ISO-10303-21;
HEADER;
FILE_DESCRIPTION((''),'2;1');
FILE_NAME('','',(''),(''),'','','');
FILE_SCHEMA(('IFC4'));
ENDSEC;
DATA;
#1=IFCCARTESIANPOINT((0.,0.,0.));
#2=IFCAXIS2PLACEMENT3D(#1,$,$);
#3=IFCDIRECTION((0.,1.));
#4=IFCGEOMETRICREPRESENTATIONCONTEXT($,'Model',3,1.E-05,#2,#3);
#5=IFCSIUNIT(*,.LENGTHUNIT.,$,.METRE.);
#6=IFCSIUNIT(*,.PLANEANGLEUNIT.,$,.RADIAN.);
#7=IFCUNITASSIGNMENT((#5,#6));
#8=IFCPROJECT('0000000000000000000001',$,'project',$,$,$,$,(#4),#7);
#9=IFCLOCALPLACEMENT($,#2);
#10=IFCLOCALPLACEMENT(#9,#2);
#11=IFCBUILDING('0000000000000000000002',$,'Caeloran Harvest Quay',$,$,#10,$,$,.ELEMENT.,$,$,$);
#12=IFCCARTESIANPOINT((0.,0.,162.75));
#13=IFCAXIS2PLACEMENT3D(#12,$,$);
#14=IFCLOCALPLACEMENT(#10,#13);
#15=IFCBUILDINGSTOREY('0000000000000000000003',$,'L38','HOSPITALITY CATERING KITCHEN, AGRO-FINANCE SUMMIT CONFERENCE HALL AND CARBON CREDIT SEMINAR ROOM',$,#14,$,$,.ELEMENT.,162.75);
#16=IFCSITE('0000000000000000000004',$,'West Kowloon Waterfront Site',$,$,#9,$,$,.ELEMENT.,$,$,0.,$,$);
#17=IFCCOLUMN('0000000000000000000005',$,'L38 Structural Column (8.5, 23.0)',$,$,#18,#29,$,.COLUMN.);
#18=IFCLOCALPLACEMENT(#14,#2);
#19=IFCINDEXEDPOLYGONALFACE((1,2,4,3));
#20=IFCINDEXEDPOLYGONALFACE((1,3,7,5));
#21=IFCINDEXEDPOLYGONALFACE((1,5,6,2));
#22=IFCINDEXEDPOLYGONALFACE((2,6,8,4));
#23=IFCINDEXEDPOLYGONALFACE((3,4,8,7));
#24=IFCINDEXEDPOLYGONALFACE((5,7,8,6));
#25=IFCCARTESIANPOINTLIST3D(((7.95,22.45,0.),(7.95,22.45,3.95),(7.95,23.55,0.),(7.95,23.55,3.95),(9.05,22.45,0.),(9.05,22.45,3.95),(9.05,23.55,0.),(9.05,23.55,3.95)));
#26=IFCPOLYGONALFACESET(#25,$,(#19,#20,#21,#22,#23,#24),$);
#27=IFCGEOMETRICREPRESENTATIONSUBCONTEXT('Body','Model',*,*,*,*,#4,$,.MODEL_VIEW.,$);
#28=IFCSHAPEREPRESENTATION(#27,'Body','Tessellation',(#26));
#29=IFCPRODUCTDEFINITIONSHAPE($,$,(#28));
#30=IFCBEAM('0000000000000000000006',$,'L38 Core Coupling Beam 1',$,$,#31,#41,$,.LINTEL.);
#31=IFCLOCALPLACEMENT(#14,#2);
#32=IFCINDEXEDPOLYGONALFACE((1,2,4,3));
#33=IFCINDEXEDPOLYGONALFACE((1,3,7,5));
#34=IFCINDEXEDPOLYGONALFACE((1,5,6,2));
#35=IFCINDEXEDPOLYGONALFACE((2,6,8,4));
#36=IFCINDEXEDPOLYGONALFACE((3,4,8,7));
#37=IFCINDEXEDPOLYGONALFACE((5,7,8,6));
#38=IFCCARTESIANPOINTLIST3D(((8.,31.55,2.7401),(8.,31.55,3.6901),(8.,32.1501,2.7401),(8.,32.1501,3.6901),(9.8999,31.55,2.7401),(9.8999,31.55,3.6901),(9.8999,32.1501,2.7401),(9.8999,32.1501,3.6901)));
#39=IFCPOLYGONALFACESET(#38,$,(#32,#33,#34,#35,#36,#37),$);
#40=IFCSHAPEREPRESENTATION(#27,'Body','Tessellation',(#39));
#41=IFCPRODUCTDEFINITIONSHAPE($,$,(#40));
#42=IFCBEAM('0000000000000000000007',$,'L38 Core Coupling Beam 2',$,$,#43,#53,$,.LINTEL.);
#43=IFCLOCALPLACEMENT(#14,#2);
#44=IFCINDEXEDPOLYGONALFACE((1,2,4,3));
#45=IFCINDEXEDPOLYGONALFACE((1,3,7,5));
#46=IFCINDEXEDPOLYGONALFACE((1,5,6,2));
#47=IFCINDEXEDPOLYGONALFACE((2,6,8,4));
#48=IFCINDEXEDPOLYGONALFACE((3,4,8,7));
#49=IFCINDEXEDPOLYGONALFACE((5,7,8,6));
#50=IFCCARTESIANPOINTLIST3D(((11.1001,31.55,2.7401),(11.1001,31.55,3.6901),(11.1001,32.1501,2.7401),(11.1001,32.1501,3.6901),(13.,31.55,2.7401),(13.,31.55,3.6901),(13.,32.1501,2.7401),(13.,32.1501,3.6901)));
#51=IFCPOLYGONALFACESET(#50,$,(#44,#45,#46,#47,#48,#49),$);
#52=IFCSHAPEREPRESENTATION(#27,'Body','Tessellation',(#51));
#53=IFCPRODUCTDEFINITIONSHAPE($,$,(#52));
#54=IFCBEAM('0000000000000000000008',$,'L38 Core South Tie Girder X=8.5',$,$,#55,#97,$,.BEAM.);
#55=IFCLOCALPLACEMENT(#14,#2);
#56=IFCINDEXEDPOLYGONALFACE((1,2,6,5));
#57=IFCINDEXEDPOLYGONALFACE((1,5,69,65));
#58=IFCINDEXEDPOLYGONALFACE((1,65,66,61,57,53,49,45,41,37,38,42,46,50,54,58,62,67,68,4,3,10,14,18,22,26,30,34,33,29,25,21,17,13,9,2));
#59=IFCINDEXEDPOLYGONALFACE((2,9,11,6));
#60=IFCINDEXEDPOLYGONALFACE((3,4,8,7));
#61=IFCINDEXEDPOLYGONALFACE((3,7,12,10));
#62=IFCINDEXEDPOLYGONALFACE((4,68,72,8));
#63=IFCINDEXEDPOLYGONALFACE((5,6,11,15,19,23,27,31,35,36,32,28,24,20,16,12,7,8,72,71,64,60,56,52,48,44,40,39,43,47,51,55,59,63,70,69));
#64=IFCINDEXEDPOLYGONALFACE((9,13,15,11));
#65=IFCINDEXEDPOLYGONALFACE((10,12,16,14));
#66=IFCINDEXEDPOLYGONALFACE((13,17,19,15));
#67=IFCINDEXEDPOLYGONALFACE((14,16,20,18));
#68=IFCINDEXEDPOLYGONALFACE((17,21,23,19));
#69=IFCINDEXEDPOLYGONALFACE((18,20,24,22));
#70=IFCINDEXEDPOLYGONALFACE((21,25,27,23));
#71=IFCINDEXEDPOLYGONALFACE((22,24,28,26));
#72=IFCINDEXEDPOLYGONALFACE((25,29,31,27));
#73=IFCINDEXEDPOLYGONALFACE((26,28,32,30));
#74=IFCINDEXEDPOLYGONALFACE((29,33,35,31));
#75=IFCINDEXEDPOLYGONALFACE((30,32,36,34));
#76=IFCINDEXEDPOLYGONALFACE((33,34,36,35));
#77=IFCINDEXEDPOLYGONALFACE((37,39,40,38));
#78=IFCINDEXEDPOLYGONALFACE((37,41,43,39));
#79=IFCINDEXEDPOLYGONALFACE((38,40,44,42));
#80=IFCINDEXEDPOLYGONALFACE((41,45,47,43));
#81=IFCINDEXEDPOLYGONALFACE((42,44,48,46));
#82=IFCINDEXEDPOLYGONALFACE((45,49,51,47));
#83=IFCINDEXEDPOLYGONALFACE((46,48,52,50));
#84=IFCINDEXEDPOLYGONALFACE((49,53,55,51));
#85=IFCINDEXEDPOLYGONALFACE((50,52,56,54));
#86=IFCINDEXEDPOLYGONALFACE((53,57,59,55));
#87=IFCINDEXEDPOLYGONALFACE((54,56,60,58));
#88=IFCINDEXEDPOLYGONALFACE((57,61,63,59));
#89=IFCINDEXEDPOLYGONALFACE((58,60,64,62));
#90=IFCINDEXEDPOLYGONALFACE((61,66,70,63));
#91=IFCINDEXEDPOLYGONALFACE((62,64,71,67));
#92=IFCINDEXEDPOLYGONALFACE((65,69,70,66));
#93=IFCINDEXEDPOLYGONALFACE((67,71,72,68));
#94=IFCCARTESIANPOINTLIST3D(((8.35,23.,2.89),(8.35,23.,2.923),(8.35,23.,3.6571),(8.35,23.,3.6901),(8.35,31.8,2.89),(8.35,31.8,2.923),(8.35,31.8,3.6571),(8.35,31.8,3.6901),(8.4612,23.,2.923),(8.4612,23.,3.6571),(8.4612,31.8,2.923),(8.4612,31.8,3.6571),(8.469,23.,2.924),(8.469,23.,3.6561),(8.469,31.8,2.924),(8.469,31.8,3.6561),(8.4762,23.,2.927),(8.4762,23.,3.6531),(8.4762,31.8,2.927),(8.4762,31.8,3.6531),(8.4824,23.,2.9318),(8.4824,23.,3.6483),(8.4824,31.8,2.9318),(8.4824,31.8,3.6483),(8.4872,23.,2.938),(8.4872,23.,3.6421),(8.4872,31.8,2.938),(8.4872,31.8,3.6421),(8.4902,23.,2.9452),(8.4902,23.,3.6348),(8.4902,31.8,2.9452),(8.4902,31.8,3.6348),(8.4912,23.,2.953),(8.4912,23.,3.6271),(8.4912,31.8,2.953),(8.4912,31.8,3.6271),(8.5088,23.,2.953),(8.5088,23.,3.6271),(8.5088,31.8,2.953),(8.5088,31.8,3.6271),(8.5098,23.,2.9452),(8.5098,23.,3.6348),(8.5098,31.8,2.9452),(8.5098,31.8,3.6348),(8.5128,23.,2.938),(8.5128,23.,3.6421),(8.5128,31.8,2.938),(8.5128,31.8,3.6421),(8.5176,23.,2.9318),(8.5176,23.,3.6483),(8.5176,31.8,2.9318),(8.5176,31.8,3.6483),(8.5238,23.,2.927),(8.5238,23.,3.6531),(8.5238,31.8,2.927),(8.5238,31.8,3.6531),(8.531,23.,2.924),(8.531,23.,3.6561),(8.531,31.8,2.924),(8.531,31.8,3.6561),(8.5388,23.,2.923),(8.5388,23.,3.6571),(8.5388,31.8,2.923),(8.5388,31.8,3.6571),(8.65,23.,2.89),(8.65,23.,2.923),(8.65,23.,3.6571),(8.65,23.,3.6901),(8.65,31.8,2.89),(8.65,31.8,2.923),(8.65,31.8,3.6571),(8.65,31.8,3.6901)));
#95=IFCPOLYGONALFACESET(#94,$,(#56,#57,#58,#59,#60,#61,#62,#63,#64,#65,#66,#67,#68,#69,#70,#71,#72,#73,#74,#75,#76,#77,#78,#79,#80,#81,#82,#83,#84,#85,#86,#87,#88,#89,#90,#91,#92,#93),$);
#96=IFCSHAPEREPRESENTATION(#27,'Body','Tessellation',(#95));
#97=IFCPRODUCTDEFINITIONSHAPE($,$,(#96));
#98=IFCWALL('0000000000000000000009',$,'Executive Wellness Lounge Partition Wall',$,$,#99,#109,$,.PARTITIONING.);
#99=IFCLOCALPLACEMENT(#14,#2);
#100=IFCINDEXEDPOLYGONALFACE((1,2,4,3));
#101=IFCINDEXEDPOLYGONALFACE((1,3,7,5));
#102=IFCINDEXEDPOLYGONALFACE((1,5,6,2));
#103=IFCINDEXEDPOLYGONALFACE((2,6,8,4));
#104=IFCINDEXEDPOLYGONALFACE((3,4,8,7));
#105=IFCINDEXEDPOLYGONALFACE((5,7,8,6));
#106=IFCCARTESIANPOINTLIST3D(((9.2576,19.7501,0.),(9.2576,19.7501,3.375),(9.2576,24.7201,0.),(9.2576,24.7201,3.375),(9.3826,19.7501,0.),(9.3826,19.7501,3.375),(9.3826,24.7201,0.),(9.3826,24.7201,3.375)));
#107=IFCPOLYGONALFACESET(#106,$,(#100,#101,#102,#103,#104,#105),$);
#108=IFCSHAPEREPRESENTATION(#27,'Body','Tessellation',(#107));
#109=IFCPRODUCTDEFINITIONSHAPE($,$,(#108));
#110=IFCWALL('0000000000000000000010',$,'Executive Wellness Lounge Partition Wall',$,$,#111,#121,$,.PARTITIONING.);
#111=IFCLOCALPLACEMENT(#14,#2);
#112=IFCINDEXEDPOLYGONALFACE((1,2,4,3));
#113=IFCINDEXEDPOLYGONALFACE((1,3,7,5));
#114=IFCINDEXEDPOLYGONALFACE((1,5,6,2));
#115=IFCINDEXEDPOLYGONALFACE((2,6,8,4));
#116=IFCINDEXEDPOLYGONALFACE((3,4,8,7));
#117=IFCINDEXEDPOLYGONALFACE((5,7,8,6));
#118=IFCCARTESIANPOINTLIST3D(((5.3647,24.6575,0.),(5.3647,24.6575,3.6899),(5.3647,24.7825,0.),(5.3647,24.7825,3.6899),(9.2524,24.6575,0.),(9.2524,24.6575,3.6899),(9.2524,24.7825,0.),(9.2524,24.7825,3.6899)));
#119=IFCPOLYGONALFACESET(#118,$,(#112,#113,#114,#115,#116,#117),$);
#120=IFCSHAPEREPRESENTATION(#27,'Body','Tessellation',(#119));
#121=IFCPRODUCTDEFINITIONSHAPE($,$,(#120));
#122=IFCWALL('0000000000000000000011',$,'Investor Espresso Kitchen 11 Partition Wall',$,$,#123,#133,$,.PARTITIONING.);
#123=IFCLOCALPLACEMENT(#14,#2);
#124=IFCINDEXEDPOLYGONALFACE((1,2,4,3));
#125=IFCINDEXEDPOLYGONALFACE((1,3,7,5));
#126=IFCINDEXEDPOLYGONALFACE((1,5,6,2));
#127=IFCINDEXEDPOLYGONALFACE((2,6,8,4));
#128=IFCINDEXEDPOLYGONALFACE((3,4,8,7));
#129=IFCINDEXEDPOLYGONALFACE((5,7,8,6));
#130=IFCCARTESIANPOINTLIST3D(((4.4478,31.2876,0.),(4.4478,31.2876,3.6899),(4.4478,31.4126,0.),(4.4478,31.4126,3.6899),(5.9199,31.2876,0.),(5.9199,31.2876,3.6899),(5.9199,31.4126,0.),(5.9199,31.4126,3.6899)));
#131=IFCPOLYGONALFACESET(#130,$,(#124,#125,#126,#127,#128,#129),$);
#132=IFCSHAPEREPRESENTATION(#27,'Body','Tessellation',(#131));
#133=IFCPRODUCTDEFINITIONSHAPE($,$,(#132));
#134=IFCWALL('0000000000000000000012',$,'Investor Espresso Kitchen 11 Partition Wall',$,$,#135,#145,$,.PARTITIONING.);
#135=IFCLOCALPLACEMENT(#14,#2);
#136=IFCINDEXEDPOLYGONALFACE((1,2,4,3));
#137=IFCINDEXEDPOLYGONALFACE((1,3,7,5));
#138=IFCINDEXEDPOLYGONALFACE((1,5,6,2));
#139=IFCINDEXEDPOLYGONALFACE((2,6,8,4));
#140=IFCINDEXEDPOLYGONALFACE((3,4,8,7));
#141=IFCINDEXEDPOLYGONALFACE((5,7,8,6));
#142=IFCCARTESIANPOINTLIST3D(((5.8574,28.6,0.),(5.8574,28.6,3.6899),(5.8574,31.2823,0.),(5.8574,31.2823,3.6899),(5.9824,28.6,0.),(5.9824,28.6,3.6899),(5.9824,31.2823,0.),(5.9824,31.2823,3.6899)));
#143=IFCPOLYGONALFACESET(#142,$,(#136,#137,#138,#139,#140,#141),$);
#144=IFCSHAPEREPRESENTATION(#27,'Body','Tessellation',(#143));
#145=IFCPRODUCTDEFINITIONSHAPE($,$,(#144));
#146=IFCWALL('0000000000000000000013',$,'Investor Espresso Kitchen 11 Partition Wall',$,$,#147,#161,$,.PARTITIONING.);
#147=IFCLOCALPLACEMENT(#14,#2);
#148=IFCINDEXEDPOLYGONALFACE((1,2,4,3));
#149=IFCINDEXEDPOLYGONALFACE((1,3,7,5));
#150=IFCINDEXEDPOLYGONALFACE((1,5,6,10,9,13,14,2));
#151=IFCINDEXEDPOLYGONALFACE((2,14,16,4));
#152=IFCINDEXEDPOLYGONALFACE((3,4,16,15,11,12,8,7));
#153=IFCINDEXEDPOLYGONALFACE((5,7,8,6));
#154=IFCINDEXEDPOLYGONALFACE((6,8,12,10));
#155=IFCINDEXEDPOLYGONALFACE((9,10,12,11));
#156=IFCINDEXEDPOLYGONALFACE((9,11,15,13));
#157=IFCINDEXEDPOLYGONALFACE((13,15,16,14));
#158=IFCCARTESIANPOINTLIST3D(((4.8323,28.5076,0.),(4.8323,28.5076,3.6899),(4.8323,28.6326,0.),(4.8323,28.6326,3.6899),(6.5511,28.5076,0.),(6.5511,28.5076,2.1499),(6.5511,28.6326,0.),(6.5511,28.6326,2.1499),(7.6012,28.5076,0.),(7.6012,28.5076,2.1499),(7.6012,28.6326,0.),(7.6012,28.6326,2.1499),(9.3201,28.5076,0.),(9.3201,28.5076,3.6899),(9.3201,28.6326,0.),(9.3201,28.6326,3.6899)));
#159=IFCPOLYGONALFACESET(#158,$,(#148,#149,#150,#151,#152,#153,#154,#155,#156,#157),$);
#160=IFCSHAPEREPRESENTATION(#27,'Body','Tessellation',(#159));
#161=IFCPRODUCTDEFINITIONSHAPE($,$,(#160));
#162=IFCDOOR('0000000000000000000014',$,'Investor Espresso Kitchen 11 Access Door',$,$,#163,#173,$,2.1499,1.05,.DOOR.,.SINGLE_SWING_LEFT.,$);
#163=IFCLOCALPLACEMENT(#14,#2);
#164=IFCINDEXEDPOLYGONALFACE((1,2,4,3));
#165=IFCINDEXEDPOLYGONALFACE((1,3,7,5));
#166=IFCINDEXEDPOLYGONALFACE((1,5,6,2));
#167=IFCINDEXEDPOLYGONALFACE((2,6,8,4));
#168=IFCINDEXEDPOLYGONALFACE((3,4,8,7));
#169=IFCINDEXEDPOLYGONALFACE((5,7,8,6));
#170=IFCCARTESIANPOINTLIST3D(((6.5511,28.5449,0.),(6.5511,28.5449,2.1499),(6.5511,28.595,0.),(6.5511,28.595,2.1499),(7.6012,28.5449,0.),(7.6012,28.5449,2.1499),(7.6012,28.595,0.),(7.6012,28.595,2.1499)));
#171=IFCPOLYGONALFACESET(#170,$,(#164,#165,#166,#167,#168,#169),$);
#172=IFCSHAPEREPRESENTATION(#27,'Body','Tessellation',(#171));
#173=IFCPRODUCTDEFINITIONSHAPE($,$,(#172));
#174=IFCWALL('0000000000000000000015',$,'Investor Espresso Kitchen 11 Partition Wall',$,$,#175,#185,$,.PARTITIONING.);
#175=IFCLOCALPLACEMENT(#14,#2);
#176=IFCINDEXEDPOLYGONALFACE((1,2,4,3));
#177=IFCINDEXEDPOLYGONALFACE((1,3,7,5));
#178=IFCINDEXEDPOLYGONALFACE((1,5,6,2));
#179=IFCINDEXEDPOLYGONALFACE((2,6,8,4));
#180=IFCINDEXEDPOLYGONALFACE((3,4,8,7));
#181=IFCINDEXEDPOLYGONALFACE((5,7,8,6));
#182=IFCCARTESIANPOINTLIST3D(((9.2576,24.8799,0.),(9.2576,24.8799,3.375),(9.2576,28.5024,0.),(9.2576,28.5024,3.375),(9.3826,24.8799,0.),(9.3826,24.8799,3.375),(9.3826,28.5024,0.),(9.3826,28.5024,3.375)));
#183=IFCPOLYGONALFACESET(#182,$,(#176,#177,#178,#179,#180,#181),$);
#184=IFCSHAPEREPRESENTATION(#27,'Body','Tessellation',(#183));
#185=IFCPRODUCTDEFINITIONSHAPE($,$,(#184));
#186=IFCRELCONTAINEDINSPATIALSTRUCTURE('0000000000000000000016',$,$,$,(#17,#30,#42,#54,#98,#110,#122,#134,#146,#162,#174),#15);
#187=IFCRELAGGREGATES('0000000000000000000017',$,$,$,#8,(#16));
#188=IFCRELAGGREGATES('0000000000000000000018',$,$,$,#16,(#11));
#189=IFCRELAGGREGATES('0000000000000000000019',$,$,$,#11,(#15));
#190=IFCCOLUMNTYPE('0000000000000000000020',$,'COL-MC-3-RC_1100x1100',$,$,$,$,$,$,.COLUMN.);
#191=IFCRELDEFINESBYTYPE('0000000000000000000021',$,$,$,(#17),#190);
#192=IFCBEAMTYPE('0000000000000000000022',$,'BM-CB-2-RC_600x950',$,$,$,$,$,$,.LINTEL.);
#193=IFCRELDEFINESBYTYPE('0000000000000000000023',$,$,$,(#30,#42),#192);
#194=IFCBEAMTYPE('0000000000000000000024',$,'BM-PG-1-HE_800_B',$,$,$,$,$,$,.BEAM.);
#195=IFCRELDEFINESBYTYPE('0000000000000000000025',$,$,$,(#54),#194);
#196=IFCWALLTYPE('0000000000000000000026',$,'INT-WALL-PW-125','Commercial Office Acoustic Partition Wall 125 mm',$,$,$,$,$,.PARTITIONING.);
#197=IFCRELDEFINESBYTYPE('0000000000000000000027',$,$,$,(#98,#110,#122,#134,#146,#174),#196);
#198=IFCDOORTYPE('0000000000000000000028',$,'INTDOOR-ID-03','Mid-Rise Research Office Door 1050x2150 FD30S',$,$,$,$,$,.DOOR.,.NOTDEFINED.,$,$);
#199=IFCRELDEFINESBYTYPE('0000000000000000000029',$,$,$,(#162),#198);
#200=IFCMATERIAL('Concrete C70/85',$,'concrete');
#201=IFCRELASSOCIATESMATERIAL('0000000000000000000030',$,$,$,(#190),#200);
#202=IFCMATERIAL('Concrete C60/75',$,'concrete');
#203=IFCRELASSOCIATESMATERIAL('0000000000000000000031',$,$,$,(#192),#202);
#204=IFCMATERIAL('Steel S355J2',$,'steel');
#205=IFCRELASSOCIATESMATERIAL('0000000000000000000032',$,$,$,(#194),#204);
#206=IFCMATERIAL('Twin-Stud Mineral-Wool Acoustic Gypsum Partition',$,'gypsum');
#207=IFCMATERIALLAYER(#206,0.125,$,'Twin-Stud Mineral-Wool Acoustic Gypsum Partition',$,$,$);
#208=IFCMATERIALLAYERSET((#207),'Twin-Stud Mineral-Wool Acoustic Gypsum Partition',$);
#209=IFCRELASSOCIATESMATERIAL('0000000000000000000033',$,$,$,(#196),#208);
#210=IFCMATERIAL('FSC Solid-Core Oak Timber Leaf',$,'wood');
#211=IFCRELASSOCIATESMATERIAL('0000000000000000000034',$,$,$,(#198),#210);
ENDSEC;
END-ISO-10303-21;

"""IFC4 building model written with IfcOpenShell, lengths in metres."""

from ifc_helpers import new_model, si_unit, direction, frame, frame_2d, origin, origin_2d, place, context, subcontext, project, spatial, rectangle, i_section, extrude, material, layer, layer_set, material_profile, profile_set, type_object, element, fill, save


model = new_model("IFC4")

# Units and contexts
model_context = context("Model", 3, precision=1e-05, world=origin(), true_north=direction((0.0, 1.0)))
body_context = subcontext(model_context, "Body", "Model", "MODEL_VIEW")
ifc_project = project(units=[si_unit("LENGTHUNIT", "METRE"), si_unit("PLANEANGLEUNIT", "RADIAN")], contexts=[model_context])

# Site, building, storey
site_placement = place(None, origin())
site = spatial("IfcSite", under=ifc_project, at=site_placement, Name="West Kowloon Waterfront Site", CompositionType="ELEMENT", RefElevation=0.0)
building_placement = place(site_placement, origin())
building = spatial("IfcBuilding", under=site, at=building_placement, Name="Caeloran Harvest Quay", CompositionType="ELEMENT")
storey_placement = place(building_placement, frame((0.0, 0.0, 162.75)))
storey = spatial("IfcBuildingStorey", under=building, at=storey_placement, Name="L38", Description="HOSPITALITY CATERING KITCHEN, AGRO-FINANCE SUMMIT CONFERENCE HALL AND CARBON CREDIT SEMINAR ROOM", CompositionType="ELEMENT", Elevation=162.75)

# Column
ifc_material_1 = material(Name="Concrete C70/85", Category="concrete")
ifc_material_profile_1 = material_profile(ifc_material_1, rectangle(XDim=1.1001, YDim=1.1001, at=origin_2d()), Name="RC 1100x1100")
ifc_profile_set_1 = profile_set([ifc_material_profile_1], Name="Concrete C70/85")
column_type = type_object("IfcColumnType", Name="COL-MC-3-RC_1100x1100", PredefinedType="COLUMN", material=ifc_profile_set_1)
column_placement = place(storey_placement, frame((8.5, 23.0, 0.0), z_axis=(0.0, 0.0, 1.0), x_axis=(1.0, 0.0, 0.0)))
element("IfcColumn", 1, at=column_placement, inside=storey, type_object=column_type, Name="L38 Structural Column (8.5, 23.0)", PredefinedType="COLUMN", context=body_context, shape_type="SweptSolid", body=[
    extrude(rectangle(XDim=1.1001, YDim=1.1001, at=origin_2d()), origin(), (0.0, 0.0, 1.0), 3.95),
])

# Beams
ifc_material_2 = material(Name="Concrete C60/75", Category="concrete")
ifc_material_profile_2 = material_profile(ifc_material_2, rectangle(XDim=0.6001, YDim=0.95, at=origin_2d()), Name="RC 600x950")
ifc_profile_set_2 = profile_set([ifc_material_profile_2], Name="Concrete C60/75")
beam_type_1 = type_object("IfcBeamType", Name="BM-CB-2-RC_600x950", PredefinedType="LINTEL", material=ifc_profile_set_2)
for number, where, z_axis, x_axis, name in (
    (2, (8.0, 31.8501, 3.2151), (1.0, 0.0, 0.0), (0.0, 1.0, 0.0), "L38 Core Coupling Beam 1"),
    (3, (11.1001, 31.8501, 3.2151), (1.0, 0.0, 0.0), (0.0, 1.0, 0.0), "L38 Core Coupling Beam 2"),
):
    element("IfcBeam", number, at=place(storey_placement, frame(where, z_axis=z_axis, x_axis=x_axis)), inside=storey, type_object=beam_type_1, Name=name, PredefinedType="LINTEL", context=body_context, shape_type="SweptSolid", body=[
        extrude(rectangle(XDim=0.6001, YDim=0.95, at=origin_2d()), origin(), (0.0, 0.0, 1.0), 1.8999),
    ])
ifc_material_3 = material(Name="Steel S355J2", Category="steel")
ifc_material_profile_3 = material_profile(ifc_material_3, i_section(OverallWidth=0.3, OverallDepth=0.8, WebThickness=0.0176, FlangeThickness=0.033, FilletRadius=0.03, at=origin_2d()), Name="HE 800 B")
ifc_profile_set_3 = profile_set([ifc_material_profile_3], Name="Steel S355J2")
beam_type_2 = type_object("IfcBeamType", Name="BM-PG-1-HE_800_B", PredefinedType="BEAM", material=ifc_profile_set_3)
beam_placement = place(storey_placement, frame((8.5, 23.0, 3.29), z_axis=(0.0, 1.0, 0.0), x_axis=(-1.0, 0.0, 0.0)))
element("IfcBeam", 4, at=beam_placement, inside=storey, type_object=beam_type_2, Name="L38 Core South Tie Girder X=8.5", PredefinedType="BEAM", context=body_context, shape_type="SweptSolid", body=[
    extrude(i_section(OverallWidth=0.3, OverallDepth=0.8, WebThickness=0.0176, FlangeThickness=0.033, FilletRadius=0.03, at=origin_2d()), origin(), (0.0, 0.0, 1.0), 8.8),
])

# Walls
ifc_material_4 = material(Name="Twin-Stud Mineral-Wool Acoustic Gypsum Partition", Category="gypsum")
ifc_layer_1 = layer(ifc_material_4, 0.125, Name="Twin-Stud Mineral-Wool Acoustic Gypsum Partition")
ifc_layer_set_1 = layer_set([ifc_layer_1], Name="Twin-Stud Mineral-Wool Acoustic Gypsum Partition")
wall_type_1 = type_object("IfcWallType", Name="INT-WALL-PW-125", Description="Commercial Office Acoustic Partition Wall 125 mm", PredefinedType="PARTITIONING", material=ifc_layer_set_1)
wall_1_placement = place(storey_placement, frame((9.3201, 24.72, 0.0), z_axis=(0.0, 0.0, 1.0), x_axis=(0.0, -1.0, 0.0)))
element("IfcWall", 5, at=wall_1_placement, inside=storey, type_object=wall_type_1, Name="Executive Wellness Lounge Partition Wall", PredefinedType="PARTITIONING", context=body_context, shape_type="SweptSolid", body=[
    extrude(rectangle(XDim=4.97, YDim=0.125, at=frame_2d((2.4849, 0.0))), origin(), (0.0, 0.0, 1.0), 3.375),
])
wall_2_placement = place(storey_placement, frame((5.3647, 24.72, 0.0), z_axis=(0.0, 0.0, 1.0), x_axis=(1.0, 0.0, 0.0)))
element("IfcWall", 6, at=wall_2_placement, inside=storey, type_object=wall_type_1, Name="Executive Wellness Lounge Partition Wall", PredefinedType="PARTITIONING", context=body_context, shape_type="SweptSolid", body=[
    extrude(rectangle(XDim=3.8877, YDim=0.125, at=frame_2d((1.9438, 0.0))), origin(), (0.0, 0.0, 1.0), 3.6899),
])
wall_3_placement = place(storey_placement, frame((4.4478, 31.3501, 0.0), z_axis=(0.0, 0.0, 1.0), x_axis=(1.0, 0.0, 0.0)))
element("IfcWall", 7, at=wall_3_placement, inside=storey, type_object=wall_type_1, Name="Investor Espresso Kitchen 11 Partition Wall", PredefinedType="PARTITIONING", context=body_context, shape_type="SweptSolid", body=[
    extrude(rectangle(XDim=1.4722, YDim=0.125, at=frame_2d((0.7361, 0.0))), origin(), (0.0, 0.0, 1.0), 3.6899),
])
wall_4_placement = place(storey_placement, frame((5.9199, 31.2825, 0.0), z_axis=(0.0, 0.0, 1.0), x_axis=(0.0, -1.0, 0.0)))
element("IfcWall", 8, at=wall_4_placement, inside=storey, type_object=wall_type_1, Name="Investor Espresso Kitchen 11 Partition Wall", PredefinedType="PARTITIONING", context=body_context, shape_type="SweptSolid", body=[
    extrude(rectangle(XDim=2.6824, YDim=0.125, at=frame_2d((1.3413, 0.0))), origin(), (0.0, 0.0, 1.0), 3.6899),
])

# Wall, opening, door
wall_5_placement = place(storey_placement, frame((4.8323, 28.5701, 0.0), z_axis=(0.0, 0.0, 1.0), x_axis=(1.0, 0.0, 0.0)))
wall_5 = element("IfcWall", 9, at=wall_5_placement, inside=storey, type_object=wall_type_1, Name="Investor Espresso Kitchen 11 Partition Wall", PredefinedType="PARTITIONING", context=body_context, shape_type="SweptSolid", body=[
    extrude(rectangle(XDim=4.4878, YDim=0.125, at=frame_2d((2.2439, 0.0))), origin(), (0.0, 0.0, 1.0), 3.6899),
])
opening_1_placement = place(wall_5_placement, frame((1.719, 0.0, 0.0)))
opening_1 = element("IfcOpeningElement", 10, at=opening_1_placement, cuts=wall_5, PredefinedType="OPENING", context=body_context, shape_type="SweptSolid", body=[
    extrude(rectangle(XDim=1.05, YDim=2.1499, at=frame_2d((0.5249, 1.075))), frame((0.0, 0.0725, 0.0), z_axis=(0.0, -1.0, 0.0), x_axis=(1.0, 0.0, 0.0)), (0.0, 0.0, 1.0), 0.145),
])
ifc_material_5 = material(Name="FSC Solid-Core Oak Timber Leaf", Category="wood")
door_type_1 = type_object("IfcDoorType", Name="INTDOOR-ID-03", Description="Mid-Rise Research Office Door 1050x2150 FD30S", OperationType="NOTDEFINED", PredefinedType="DOOR", material=ifc_material_5)
door_1_placement = place(opening_1_placement, origin())
door_1 = element("IfcDoor", 11, at=door_1_placement, inside=storey, type_object=door_type_1, Name="Investor Espresso Kitchen 11 Access Door", OperationType="SINGLE_SWING_LEFT", OverallHeight=2.1499, OverallWidth=1.05, PredefinedType="DOOR", context=body_context, shape_type="SweptSolid", body=[
    extrude(rectangle(XDim=1.05, YDim=2.1499, at=frame_2d((0.5249, 1.075))), frame((0.0, 0.0249, 0.0), z_axis=(0.0, -1.0, 0.0), x_axis=(1.0, 0.0, 0.0)), (0.0, 0.0, 1.0), 0.05),
])
fill(opening_1, door_1)

# Wall
wall_6_placement = place(storey_placement, frame((9.3201, 28.5024, 0.0), z_axis=(0.0, 0.0, 1.0), x_axis=(0.0, -1.0, 0.0)))
element("IfcWall", 12, at=wall_6_placement, inside=storey, type_object=wall_type_1, Name="Investor Espresso Kitchen 11 Partition Wall", PredefinedType="PARTITIONING", context=body_context, shape_type="SweptSolid", body=[
    extrude(rectangle(XDim=3.6226, YDim=0.125, at=frame_2d((1.8113, 0.0))), origin(), (0.0, 0.0, 1.0), 3.375),
])

save(model, "model.ifc")
